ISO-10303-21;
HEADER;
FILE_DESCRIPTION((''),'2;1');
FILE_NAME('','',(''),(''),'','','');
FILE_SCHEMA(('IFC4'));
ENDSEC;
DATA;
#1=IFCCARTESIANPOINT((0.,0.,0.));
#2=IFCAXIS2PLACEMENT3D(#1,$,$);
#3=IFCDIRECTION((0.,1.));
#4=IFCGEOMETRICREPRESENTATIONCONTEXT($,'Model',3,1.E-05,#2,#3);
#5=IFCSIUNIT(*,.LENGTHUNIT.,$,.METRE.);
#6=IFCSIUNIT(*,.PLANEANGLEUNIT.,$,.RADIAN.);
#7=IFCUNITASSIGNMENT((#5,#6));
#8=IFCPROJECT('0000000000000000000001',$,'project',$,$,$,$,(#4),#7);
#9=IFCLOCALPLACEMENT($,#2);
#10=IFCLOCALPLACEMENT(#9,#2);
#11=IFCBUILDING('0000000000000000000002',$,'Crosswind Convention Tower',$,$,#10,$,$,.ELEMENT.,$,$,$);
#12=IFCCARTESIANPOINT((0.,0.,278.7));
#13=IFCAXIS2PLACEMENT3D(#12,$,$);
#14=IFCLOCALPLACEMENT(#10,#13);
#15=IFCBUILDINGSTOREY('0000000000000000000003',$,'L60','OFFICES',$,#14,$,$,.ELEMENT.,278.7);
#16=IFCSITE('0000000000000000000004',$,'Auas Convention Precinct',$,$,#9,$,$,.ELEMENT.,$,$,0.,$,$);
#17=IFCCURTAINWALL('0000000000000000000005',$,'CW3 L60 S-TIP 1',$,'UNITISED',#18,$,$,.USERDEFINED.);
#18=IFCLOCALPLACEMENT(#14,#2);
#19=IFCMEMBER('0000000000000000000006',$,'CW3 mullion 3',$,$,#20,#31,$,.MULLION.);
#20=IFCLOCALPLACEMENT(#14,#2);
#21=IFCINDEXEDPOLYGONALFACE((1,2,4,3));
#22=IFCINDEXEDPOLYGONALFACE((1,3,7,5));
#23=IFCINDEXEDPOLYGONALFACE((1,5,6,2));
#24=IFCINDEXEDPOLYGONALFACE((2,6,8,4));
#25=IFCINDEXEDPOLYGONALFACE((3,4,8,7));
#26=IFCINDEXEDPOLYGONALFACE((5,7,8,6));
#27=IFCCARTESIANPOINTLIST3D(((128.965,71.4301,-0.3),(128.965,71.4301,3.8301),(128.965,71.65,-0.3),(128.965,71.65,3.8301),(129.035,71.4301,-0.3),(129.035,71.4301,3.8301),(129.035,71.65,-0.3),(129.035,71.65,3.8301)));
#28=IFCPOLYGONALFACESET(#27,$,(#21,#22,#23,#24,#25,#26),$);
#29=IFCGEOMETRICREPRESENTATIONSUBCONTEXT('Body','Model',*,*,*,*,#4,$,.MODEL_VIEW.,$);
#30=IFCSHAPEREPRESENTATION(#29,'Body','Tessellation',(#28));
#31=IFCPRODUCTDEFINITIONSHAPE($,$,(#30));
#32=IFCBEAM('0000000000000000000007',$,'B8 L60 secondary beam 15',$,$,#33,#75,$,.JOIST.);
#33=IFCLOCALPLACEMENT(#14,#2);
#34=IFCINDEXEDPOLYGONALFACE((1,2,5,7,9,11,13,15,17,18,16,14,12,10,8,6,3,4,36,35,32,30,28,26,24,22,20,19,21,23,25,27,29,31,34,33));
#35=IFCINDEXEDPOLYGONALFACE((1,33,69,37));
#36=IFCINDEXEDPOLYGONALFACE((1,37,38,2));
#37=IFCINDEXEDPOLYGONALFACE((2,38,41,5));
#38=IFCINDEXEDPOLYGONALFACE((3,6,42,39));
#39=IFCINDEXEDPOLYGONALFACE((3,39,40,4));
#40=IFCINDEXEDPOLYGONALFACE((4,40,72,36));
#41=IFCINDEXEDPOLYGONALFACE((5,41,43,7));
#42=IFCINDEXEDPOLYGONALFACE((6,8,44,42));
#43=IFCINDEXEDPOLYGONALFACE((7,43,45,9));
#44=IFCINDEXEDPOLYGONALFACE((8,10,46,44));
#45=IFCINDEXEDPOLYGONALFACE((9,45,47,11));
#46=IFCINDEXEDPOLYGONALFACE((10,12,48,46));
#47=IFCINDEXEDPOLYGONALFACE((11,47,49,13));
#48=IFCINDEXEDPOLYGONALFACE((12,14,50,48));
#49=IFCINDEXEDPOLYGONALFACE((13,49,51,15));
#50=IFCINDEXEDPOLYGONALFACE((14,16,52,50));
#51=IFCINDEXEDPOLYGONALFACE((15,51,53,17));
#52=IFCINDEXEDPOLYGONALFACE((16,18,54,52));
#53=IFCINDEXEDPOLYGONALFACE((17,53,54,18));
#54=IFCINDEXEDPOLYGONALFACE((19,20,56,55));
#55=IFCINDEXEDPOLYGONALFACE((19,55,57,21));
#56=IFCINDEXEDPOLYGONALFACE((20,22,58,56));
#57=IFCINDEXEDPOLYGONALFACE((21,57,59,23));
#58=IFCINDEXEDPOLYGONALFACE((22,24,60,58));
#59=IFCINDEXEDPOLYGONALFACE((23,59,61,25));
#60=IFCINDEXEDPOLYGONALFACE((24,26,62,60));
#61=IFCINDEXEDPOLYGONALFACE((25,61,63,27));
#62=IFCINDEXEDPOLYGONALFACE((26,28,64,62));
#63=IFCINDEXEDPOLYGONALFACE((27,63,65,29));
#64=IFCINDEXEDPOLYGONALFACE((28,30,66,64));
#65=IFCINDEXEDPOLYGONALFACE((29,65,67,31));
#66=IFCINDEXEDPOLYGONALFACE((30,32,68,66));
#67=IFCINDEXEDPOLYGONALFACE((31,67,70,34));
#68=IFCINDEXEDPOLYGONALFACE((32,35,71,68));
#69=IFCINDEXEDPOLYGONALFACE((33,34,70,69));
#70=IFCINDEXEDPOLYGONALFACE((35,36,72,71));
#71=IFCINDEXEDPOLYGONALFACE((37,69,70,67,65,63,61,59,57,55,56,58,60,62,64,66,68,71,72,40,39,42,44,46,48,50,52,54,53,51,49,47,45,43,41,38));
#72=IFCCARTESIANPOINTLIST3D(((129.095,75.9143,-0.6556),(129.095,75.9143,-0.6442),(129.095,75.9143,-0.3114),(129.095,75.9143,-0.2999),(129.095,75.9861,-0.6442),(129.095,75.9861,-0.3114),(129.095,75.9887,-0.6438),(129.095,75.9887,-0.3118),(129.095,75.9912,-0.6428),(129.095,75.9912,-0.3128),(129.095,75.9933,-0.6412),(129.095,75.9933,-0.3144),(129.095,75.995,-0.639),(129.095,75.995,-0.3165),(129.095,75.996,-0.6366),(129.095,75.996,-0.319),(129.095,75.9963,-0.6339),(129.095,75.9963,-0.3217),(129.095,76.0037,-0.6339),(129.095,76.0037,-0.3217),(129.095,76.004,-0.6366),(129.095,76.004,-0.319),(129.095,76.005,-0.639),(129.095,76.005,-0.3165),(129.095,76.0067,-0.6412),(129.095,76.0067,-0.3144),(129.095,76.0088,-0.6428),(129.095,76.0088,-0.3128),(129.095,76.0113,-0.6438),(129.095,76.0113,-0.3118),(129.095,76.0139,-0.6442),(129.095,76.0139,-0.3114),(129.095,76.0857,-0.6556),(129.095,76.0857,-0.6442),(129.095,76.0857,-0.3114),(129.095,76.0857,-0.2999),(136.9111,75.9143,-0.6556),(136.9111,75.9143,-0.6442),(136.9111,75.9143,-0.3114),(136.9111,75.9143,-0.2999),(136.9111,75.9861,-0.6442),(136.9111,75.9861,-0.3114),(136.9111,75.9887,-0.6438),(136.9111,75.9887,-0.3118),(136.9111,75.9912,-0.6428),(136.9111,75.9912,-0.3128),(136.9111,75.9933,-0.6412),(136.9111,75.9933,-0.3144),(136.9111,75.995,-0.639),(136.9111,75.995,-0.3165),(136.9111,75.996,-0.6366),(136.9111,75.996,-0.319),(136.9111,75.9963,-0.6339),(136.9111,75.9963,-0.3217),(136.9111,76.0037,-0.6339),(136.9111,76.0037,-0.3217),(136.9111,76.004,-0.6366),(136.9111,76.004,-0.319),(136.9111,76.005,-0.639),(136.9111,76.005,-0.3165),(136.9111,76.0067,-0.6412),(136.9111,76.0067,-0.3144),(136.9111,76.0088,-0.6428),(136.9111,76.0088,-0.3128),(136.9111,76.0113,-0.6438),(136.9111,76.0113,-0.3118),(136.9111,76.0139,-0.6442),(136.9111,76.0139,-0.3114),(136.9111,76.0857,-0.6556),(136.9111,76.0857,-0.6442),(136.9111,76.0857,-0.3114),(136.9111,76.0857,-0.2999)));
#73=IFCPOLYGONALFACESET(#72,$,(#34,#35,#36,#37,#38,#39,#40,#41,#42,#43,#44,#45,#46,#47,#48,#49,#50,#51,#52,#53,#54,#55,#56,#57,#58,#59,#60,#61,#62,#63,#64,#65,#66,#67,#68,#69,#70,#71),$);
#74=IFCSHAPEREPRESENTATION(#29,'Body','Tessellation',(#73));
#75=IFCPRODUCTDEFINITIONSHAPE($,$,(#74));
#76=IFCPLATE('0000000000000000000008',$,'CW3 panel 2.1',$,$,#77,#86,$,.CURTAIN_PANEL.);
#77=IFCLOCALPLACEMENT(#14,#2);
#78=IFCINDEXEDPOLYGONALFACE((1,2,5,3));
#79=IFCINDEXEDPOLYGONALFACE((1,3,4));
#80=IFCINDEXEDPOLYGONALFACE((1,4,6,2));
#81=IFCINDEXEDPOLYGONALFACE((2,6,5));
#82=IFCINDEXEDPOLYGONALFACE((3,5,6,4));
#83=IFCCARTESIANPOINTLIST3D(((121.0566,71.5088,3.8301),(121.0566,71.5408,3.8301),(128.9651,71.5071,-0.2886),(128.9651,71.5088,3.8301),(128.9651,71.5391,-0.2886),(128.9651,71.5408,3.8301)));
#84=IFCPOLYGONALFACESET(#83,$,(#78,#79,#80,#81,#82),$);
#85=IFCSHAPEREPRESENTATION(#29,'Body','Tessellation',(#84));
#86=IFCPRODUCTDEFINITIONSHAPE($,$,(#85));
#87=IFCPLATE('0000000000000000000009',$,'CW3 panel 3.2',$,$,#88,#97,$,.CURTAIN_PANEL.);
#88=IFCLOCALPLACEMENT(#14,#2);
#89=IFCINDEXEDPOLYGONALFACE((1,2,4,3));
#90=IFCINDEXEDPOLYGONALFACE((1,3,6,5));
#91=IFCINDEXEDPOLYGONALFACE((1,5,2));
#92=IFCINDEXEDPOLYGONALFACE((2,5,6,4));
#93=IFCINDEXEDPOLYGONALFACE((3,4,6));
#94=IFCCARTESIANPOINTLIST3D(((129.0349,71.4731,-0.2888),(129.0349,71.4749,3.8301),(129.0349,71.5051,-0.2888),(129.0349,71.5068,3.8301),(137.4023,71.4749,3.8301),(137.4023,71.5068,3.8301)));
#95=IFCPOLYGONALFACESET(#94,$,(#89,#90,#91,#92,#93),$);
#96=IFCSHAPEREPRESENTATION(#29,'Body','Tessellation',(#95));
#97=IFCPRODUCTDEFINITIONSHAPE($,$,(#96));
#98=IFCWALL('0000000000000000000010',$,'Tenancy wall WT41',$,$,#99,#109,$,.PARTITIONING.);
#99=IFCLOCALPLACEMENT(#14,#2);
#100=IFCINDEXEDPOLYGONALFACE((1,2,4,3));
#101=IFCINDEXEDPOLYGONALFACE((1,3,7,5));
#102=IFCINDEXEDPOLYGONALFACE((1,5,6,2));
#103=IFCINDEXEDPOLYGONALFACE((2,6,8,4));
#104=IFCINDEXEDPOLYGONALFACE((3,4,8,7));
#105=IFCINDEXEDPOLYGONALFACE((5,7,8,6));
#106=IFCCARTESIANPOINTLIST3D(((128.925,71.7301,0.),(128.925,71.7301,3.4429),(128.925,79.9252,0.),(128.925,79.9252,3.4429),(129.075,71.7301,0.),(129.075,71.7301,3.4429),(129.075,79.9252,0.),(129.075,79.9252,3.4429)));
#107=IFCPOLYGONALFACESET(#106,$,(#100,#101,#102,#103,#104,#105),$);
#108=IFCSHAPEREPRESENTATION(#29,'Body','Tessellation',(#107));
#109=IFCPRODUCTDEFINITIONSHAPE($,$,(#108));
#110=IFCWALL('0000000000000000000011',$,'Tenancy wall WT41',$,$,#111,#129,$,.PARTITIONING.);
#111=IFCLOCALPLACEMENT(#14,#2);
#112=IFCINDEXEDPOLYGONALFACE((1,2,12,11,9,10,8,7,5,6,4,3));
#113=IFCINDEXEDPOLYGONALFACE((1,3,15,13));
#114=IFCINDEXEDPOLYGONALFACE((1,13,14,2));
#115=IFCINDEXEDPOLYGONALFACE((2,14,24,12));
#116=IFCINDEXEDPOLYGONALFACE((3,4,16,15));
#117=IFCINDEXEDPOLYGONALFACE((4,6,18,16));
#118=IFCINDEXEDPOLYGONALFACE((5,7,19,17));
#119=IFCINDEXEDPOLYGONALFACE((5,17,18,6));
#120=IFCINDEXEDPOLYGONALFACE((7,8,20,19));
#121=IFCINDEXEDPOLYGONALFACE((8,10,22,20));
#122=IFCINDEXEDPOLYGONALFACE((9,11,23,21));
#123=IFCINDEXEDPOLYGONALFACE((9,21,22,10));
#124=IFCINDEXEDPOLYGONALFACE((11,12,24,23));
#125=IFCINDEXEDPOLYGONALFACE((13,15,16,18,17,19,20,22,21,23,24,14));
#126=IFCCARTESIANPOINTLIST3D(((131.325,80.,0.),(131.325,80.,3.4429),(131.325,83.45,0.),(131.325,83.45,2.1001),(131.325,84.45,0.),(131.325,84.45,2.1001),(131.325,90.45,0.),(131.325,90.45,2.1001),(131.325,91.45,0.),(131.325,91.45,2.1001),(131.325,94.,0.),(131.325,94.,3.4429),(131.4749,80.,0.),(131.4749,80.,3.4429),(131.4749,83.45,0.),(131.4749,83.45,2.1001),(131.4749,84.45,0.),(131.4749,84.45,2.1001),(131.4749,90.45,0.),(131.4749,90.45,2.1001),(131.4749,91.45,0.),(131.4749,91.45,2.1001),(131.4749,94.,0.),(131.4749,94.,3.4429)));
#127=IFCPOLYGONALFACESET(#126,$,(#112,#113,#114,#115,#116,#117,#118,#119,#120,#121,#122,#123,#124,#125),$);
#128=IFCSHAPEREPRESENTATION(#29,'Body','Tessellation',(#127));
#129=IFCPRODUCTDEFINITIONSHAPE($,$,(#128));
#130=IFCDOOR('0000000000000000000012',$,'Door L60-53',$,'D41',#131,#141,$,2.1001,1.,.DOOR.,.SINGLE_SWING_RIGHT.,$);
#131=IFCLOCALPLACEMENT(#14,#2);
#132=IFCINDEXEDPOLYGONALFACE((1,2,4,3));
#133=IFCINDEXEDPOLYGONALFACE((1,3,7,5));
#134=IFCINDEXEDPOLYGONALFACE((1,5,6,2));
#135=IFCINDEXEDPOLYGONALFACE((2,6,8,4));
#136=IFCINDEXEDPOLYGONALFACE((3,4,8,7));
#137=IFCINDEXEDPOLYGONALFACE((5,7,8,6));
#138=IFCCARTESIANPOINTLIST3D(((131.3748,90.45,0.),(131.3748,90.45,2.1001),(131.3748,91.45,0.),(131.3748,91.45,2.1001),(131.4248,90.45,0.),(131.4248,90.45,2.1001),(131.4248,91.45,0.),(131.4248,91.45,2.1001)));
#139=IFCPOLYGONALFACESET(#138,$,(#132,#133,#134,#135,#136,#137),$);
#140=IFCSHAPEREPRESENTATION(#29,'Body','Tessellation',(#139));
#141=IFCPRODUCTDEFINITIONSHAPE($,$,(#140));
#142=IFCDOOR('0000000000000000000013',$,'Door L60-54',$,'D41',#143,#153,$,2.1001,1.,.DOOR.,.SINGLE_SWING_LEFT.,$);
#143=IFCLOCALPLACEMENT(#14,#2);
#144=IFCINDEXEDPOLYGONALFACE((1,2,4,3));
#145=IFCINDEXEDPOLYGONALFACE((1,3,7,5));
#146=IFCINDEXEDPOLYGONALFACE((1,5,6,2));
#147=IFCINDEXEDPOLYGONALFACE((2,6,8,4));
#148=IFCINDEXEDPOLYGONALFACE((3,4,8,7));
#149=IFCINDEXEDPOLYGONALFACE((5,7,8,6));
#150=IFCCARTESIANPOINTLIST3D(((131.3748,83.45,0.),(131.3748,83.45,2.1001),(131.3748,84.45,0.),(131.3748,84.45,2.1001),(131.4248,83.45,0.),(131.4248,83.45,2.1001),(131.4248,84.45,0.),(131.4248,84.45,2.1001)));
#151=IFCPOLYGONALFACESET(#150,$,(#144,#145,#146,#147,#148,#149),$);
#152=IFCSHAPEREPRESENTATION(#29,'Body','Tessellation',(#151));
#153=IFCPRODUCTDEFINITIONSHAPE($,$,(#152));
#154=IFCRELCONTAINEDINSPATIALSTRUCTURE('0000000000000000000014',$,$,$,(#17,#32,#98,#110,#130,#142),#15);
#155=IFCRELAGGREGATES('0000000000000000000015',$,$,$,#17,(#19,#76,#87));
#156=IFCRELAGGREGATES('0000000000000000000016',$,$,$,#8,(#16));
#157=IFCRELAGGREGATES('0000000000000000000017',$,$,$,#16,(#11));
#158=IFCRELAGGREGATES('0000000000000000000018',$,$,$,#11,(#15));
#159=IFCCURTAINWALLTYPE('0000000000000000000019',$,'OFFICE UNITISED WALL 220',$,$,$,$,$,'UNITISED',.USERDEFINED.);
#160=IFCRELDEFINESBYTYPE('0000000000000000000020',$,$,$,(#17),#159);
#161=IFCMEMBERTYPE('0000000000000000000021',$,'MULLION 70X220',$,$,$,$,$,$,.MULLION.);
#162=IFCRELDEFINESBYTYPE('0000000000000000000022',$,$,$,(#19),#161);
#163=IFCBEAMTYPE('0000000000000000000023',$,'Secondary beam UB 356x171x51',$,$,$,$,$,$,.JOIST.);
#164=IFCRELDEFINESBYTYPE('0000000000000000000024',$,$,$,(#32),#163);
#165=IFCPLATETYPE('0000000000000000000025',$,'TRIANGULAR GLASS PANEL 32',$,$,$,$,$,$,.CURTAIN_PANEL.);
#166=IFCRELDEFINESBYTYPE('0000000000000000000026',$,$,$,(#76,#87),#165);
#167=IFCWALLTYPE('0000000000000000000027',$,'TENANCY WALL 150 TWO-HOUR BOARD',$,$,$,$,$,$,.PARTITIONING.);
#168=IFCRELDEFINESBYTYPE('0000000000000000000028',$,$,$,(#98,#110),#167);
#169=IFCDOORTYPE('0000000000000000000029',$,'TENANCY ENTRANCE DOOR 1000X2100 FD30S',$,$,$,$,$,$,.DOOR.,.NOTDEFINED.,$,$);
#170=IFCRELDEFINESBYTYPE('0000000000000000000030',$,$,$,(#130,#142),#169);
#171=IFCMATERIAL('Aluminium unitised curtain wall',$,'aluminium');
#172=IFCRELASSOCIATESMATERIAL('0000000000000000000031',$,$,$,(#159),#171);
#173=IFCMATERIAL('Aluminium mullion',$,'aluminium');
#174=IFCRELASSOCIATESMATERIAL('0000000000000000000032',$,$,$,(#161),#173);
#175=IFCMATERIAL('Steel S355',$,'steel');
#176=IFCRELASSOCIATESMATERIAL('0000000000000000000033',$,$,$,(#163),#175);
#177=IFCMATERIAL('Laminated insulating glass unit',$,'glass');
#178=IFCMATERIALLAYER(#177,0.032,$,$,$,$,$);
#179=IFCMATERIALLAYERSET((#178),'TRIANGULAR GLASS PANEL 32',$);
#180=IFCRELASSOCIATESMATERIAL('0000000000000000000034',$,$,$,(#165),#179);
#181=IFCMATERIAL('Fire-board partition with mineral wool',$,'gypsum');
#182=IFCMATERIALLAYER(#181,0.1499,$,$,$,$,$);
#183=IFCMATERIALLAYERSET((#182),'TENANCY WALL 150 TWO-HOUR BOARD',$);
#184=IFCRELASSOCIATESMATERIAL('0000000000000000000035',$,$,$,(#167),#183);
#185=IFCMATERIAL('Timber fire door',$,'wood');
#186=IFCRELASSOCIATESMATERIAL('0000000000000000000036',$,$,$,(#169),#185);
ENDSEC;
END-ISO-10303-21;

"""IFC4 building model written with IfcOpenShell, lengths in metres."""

from ifc_helpers import new_model, si_unit, direction, frame, frame_2d, origin, origin_2d, place, context, subcontext, project, spatial, polyline, rectangle, i_section, outline, extrude, material, layer, layer_set, material_profile, profile_set, type_object, element, fill, aggregate, save


model = new_model("IFC4")

# Units and contexts
model_context = context("Model", 3, precision=1e-05, world=origin(), true_north=direction((0.0, 1.0)))
body_context = subcontext(model_context, "Body", "Model", "MODEL_VIEW")
ifc_project = project(units=[si_unit("LENGTHUNIT", "METRE"), si_unit("PLANEANGLEUNIT", "RADIAN")], contexts=[model_context])

# Site, building, storey
site_placement = place(None, origin())
site = spatial("IfcSite", under=ifc_project, at=site_placement, Name="Auas Convention Precinct", CompositionType="ELEMENT", RefElevation=0.0)
building_placement = place(site_placement, origin())
building = spatial("IfcBuilding", under=site, at=building_placement, Name="Crosswind Convention Tower", CompositionType="ELEMENT")
storey_placement = place(building_placement, frame((0.0, 0.0, 278.7)))
storey = spatial("IfcBuildingStorey", under=building, at=storey_placement, Name="L60", Description="OFFICES", CompositionType="ELEMENT", Elevation=278.7)

# Shared definitions
ifc_material_1 = material(Name="Steel S355", Category="steel")

# Curtain wall, member
ifc_material_2 = material(Name="Aluminium unitised curtain wall", Category="aluminium")
curtain_wall_type = type_object("IfcCurtainWallType", Name="OFFICE UNITISED WALL 220", ElementType="UNITISED", PredefinedType="USERDEFINED", material=ifc_material_2)
curtain_wall_placement = place(storey_placement, origin())
curtain_wall = element("IfcCurtainWall", 1, at=curtain_wall_placement, inside=storey, type_object=curtain_wall_type, Name="CW3 L60 S-TIP 1", ObjectType="UNITISED", PredefinedType="USERDEFINED")
ifc_material_3 = material(Name="Aluminium mullion", Category="aluminium")
ifc_material_profile_1 = material_profile(ifc_material_3, rectangle(XDim=0.22, YDim=0.0701, at=origin_2d()), Name="AL 220X70")
ifc_profile_set_1 = profile_set([ifc_material_profile_1], Name="Aluminium mullion")
member_type = type_object("IfcMemberType", Name="MULLION 70X220", PredefinedType="MULLION", material=ifc_profile_set_1)
member_placement = place(storey_placement, frame((129.0, 71.54, -0.3), z_axis=(0.0, 0.0, 1.0), x_axis=(0.0, -1.0, 0.0)))
member = element("IfcMember", 2, at=member_placement, type_object=member_type, Name="CW3 mullion 3", PredefinedType="MULLION", context=body_context, shape_type="SweptSolid", body=[
    extrude(rectangle(XDim=0.22, YDim=0.0701, at=origin_2d()), origin(), (0.0, 0.0, 1.0), 4.1301),
])

# Beam
ifc_material_profile_2 = material_profile(ifc_material_1, i_section(OverallWidth=0.1714, OverallDepth=0.3557, WebThickness=0.0073, FlangeThickness=0.0115, FilletRadius=0.0103, at=origin_2d()), Name="UB 356x171x51")
ifc_profile_set_2 = profile_set([ifc_material_profile_2], Name="Steel S355")
beam_type_1 = type_object("IfcBeamType", Name="Secondary beam UB 356x171x51", PredefinedType="JOIST", material=ifc_profile_set_2)
beam_1_placement = place(storey_placement, frame((129.095, 76.0, -0.4778), z_axis=(1.0, 0.0, 0.0), x_axis=(0.0, 1.0, 0.0)))
element("IfcBeam", 3, at=beam_1_placement, inside=storey, type_object=beam_type_1, Name="B8 L60 secondary beam 15", PredefinedType="JOIST", context=body_context, shape_type="SweptSolid", body=[
    extrude(i_section(OverallWidth=0.1714, OverallDepth=0.3557, WebThickness=0.0073, FlangeThickness=0.0115, FilletRadius=0.0103, at=origin_2d()), origin(), (0.0, 0.0, 1.0), 7.8162),
])

# Plates
ifc_material_4 = material(Name="Laminated insulating glass unit", Category="glass")
ifc_layer_1 = layer(ifc_material_4, 0.032)
ifc_layer_set_1 = layer_set([ifc_layer_1], Name="TRIANGULAR GLASS PANEL 32")
plate_type = type_object("IfcPlateType", Name="TRIANGULAR GLASS PANEL 32", PredefinedType="CURTAIN_PANEL", material=ifc_layer_set_1)
plate_1_placement = place(storey_placement, frame((128.9651, 71.5088, 3.8301), z_axis=(0.0, -1.0, 0.000415), x_axis=(-1.0, 0.0, 0.0)))
plate_1 = element("IfcPlate", 4, at=plate_1_placement, type_object=plate_type, Name="CW3 panel 2.1", PredefinedType="CURTAIN_PANEL", context=body_context, shape_type="SweptSolid", body=[
    extrude(outline(polyline([(0.0, 0.0), (7.9084, 0.0), (0.0, 4.1187), (0.0, 0.0)])), origin(), (0.0, 0.0, -1.0), 0.032),
])
plate_2_placement = place(storey_placement, frame((129.0349, 71.4749, 3.8301), z_axis=(0.0, -1.0, 0.000415), x_axis=(0.0, -0.000415, -1.0)))
plate_2 = element("IfcPlate", 5, at=plate_2_placement, type_object=plate_type, Name="CW3 panel 3.2", PredefinedType="CURTAIN_PANEL", context=body_context, shape_type="SweptSolid", body=[
    extrude(outline(polyline([(0.0, 0.0), (4.1189, 0.0), (0.0, 8.3674), (0.0, 0.0)])), origin(), (0.0, 0.0, -1.0), 0.032),
])
aggregate(curtain_wall, [member, plate_1, plate_2])

# Wall
ifc_material_5 = material(Name="Fire-board partition with mineral wool", Category="gypsum")
ifc_layer_2 = layer(ifc_material_5, 0.1499)
ifc_layer_set_2 = layer_set([ifc_layer_2], Name="TENANCY WALL 150 TWO-HOUR BOARD")
wall_type = type_object("IfcWallType", Name="TENANCY WALL 150 TWO-HOUR BOARD", PredefinedType="PARTITIONING", material=ifc_layer_set_2)
wall_1_placement = place(storey_placement, frame((129.0, 71.73, 0.0), z_axis=(0.0, 0.0, 1.0), x_axis=(0.0, 1.0, 0.0)))
element("IfcWall", 6, at=wall_1_placement, inside=storey, type_object=wall_type, Name="Tenancy wall WT41", PredefinedType="PARTITIONING", context=body_context, shape_type="SweptSolid", body=[
    extrude(rectangle(XDim=8.1951, YDim=0.1499, at=frame_2d((4.0977, 0.0))), origin(), (0.0, 0.0, 1.0), 3.4429),
])

# Wall, openings, doors
wall_2_placement = place(storey_placement, frame((131.3999, 80.0, 0.0), z_axis=(0.0, 0.0, 1.0), x_axis=(0.0, 1.0, 0.0)))
wall_2 = element("IfcWall", 7, at=wall_2_placement, inside=storey, type_object=wall_type, Name="Tenancy wall WT41", PredefinedType="PARTITIONING", context=body_context, shape_type="SweptSolid", body=[
    extrude(rectangle(XDim=14.0, YDim=0.1499, at=frame_2d((7.0, 0.0))), origin(), (0.0, 0.0, 1.0), 3.4429),
])
opening_1_placement = place(wall_2_placement, frame((10.45, 0.0, 0.0)))
opening_1 = element("IfcOpeningElement", 8, at=opening_1_placement, cuts=wall_2, PredefinedType="OPENING", context=body_context, shape_type="SweptSolid", body=[
    extrude(rectangle(XDim=1.0, YDim=2.1001, at=frame_2d((0.5, 1.05))), frame((0.0, 0.085, 0.0), z_axis=(0.0, -1.0, 0.0), x_axis=(1.0, 0.0, 0.0)), (0.0, 0.0, 1.0), 0.1699),
])
opening_2_placement = place(wall_2_placement, frame((3.45, 0.0, 0.0)))
opening_2 = element("IfcOpeningElement", 9, at=opening_2_placement, cuts=wall_2, PredefinedType="OPENING", context=body_context, shape_type="SweptSolid", body=[
    extrude(rectangle(XDim=1.0, YDim=2.1001, at=frame_2d((0.5, 1.05))), frame((0.0, 0.085, 0.0), z_axis=(0.0, -1.0, 0.0), x_axis=(1.0, 0.0, 0.0)), (0.0, 0.0, 1.0), 0.1699),
])
ifc_material_6 = material(Name="Timber fire door", Category="wood")
door_type = type_object("IfcDoorType", Name="TENANCY ENTRANCE DOOR 1000X2100 FD30S", OperationType="NOTDEFINED", PredefinedType="DOOR", material=ifc_material_6)
door_1_placement = place(opening_1_placement, frame((1.0, 0.0, 0.0), z_axis=(0.0, 0.0, 1.0), x_axis=(-1.0, 0.0, 0.0)))
door_1 = element("IfcDoor", 10, at=door_1_placement, inside=storey, type_object=door_type, Name="Door L60-53", ObjectType="D41", OperationType="SINGLE_SWING_RIGHT", OverallHeight=2.1001, OverallWidth=1.0, PredefinedType="DOOR", context=body_context, shape_type="SweptSolid", body=[
    extrude(rectangle(XDim=1.0, YDim=2.1001, at=frame_2d((0.5, 1.05))), frame((0.0, 0.0249, 0.0), z_axis=(0.0, -1.0, 0.0), x_axis=(1.0, 0.0, 0.0)), (0.0, 0.0, 1.0), 0.05),
])
fill(opening_1, door_1)
door_2_placement = place(opening_2_placement, frame((1.0, 0.0, 0.0), z_axis=(0.0, 0.0, 1.0), x_axis=(-1.0, 0.0, 0.0)))
door_2 = element("IfcDoor", 11, at=door_2_placement, inside=storey, type_object=door_type, Name="Door L60-54", ObjectType="D41", OperationType="SINGLE_SWING_LEFT", OverallHeight=2.1001, OverallWidth=1.0, PredefinedType="DOOR", context=body_context, shape_type="SweptSolid", body=[
    extrude(rectangle(XDim=1.0, YDim=2.1001, at=frame_2d((0.5, 1.05))), frame((0.0, 0.0249, 0.0), z_axis=(0.0, -1.0, 0.0), x_axis=(1.0, 0.0, 0.0)), (0.0, 0.0, 1.0), 0.05),
])
fill(opening_2, door_2)

save(model, "model.ifc")
